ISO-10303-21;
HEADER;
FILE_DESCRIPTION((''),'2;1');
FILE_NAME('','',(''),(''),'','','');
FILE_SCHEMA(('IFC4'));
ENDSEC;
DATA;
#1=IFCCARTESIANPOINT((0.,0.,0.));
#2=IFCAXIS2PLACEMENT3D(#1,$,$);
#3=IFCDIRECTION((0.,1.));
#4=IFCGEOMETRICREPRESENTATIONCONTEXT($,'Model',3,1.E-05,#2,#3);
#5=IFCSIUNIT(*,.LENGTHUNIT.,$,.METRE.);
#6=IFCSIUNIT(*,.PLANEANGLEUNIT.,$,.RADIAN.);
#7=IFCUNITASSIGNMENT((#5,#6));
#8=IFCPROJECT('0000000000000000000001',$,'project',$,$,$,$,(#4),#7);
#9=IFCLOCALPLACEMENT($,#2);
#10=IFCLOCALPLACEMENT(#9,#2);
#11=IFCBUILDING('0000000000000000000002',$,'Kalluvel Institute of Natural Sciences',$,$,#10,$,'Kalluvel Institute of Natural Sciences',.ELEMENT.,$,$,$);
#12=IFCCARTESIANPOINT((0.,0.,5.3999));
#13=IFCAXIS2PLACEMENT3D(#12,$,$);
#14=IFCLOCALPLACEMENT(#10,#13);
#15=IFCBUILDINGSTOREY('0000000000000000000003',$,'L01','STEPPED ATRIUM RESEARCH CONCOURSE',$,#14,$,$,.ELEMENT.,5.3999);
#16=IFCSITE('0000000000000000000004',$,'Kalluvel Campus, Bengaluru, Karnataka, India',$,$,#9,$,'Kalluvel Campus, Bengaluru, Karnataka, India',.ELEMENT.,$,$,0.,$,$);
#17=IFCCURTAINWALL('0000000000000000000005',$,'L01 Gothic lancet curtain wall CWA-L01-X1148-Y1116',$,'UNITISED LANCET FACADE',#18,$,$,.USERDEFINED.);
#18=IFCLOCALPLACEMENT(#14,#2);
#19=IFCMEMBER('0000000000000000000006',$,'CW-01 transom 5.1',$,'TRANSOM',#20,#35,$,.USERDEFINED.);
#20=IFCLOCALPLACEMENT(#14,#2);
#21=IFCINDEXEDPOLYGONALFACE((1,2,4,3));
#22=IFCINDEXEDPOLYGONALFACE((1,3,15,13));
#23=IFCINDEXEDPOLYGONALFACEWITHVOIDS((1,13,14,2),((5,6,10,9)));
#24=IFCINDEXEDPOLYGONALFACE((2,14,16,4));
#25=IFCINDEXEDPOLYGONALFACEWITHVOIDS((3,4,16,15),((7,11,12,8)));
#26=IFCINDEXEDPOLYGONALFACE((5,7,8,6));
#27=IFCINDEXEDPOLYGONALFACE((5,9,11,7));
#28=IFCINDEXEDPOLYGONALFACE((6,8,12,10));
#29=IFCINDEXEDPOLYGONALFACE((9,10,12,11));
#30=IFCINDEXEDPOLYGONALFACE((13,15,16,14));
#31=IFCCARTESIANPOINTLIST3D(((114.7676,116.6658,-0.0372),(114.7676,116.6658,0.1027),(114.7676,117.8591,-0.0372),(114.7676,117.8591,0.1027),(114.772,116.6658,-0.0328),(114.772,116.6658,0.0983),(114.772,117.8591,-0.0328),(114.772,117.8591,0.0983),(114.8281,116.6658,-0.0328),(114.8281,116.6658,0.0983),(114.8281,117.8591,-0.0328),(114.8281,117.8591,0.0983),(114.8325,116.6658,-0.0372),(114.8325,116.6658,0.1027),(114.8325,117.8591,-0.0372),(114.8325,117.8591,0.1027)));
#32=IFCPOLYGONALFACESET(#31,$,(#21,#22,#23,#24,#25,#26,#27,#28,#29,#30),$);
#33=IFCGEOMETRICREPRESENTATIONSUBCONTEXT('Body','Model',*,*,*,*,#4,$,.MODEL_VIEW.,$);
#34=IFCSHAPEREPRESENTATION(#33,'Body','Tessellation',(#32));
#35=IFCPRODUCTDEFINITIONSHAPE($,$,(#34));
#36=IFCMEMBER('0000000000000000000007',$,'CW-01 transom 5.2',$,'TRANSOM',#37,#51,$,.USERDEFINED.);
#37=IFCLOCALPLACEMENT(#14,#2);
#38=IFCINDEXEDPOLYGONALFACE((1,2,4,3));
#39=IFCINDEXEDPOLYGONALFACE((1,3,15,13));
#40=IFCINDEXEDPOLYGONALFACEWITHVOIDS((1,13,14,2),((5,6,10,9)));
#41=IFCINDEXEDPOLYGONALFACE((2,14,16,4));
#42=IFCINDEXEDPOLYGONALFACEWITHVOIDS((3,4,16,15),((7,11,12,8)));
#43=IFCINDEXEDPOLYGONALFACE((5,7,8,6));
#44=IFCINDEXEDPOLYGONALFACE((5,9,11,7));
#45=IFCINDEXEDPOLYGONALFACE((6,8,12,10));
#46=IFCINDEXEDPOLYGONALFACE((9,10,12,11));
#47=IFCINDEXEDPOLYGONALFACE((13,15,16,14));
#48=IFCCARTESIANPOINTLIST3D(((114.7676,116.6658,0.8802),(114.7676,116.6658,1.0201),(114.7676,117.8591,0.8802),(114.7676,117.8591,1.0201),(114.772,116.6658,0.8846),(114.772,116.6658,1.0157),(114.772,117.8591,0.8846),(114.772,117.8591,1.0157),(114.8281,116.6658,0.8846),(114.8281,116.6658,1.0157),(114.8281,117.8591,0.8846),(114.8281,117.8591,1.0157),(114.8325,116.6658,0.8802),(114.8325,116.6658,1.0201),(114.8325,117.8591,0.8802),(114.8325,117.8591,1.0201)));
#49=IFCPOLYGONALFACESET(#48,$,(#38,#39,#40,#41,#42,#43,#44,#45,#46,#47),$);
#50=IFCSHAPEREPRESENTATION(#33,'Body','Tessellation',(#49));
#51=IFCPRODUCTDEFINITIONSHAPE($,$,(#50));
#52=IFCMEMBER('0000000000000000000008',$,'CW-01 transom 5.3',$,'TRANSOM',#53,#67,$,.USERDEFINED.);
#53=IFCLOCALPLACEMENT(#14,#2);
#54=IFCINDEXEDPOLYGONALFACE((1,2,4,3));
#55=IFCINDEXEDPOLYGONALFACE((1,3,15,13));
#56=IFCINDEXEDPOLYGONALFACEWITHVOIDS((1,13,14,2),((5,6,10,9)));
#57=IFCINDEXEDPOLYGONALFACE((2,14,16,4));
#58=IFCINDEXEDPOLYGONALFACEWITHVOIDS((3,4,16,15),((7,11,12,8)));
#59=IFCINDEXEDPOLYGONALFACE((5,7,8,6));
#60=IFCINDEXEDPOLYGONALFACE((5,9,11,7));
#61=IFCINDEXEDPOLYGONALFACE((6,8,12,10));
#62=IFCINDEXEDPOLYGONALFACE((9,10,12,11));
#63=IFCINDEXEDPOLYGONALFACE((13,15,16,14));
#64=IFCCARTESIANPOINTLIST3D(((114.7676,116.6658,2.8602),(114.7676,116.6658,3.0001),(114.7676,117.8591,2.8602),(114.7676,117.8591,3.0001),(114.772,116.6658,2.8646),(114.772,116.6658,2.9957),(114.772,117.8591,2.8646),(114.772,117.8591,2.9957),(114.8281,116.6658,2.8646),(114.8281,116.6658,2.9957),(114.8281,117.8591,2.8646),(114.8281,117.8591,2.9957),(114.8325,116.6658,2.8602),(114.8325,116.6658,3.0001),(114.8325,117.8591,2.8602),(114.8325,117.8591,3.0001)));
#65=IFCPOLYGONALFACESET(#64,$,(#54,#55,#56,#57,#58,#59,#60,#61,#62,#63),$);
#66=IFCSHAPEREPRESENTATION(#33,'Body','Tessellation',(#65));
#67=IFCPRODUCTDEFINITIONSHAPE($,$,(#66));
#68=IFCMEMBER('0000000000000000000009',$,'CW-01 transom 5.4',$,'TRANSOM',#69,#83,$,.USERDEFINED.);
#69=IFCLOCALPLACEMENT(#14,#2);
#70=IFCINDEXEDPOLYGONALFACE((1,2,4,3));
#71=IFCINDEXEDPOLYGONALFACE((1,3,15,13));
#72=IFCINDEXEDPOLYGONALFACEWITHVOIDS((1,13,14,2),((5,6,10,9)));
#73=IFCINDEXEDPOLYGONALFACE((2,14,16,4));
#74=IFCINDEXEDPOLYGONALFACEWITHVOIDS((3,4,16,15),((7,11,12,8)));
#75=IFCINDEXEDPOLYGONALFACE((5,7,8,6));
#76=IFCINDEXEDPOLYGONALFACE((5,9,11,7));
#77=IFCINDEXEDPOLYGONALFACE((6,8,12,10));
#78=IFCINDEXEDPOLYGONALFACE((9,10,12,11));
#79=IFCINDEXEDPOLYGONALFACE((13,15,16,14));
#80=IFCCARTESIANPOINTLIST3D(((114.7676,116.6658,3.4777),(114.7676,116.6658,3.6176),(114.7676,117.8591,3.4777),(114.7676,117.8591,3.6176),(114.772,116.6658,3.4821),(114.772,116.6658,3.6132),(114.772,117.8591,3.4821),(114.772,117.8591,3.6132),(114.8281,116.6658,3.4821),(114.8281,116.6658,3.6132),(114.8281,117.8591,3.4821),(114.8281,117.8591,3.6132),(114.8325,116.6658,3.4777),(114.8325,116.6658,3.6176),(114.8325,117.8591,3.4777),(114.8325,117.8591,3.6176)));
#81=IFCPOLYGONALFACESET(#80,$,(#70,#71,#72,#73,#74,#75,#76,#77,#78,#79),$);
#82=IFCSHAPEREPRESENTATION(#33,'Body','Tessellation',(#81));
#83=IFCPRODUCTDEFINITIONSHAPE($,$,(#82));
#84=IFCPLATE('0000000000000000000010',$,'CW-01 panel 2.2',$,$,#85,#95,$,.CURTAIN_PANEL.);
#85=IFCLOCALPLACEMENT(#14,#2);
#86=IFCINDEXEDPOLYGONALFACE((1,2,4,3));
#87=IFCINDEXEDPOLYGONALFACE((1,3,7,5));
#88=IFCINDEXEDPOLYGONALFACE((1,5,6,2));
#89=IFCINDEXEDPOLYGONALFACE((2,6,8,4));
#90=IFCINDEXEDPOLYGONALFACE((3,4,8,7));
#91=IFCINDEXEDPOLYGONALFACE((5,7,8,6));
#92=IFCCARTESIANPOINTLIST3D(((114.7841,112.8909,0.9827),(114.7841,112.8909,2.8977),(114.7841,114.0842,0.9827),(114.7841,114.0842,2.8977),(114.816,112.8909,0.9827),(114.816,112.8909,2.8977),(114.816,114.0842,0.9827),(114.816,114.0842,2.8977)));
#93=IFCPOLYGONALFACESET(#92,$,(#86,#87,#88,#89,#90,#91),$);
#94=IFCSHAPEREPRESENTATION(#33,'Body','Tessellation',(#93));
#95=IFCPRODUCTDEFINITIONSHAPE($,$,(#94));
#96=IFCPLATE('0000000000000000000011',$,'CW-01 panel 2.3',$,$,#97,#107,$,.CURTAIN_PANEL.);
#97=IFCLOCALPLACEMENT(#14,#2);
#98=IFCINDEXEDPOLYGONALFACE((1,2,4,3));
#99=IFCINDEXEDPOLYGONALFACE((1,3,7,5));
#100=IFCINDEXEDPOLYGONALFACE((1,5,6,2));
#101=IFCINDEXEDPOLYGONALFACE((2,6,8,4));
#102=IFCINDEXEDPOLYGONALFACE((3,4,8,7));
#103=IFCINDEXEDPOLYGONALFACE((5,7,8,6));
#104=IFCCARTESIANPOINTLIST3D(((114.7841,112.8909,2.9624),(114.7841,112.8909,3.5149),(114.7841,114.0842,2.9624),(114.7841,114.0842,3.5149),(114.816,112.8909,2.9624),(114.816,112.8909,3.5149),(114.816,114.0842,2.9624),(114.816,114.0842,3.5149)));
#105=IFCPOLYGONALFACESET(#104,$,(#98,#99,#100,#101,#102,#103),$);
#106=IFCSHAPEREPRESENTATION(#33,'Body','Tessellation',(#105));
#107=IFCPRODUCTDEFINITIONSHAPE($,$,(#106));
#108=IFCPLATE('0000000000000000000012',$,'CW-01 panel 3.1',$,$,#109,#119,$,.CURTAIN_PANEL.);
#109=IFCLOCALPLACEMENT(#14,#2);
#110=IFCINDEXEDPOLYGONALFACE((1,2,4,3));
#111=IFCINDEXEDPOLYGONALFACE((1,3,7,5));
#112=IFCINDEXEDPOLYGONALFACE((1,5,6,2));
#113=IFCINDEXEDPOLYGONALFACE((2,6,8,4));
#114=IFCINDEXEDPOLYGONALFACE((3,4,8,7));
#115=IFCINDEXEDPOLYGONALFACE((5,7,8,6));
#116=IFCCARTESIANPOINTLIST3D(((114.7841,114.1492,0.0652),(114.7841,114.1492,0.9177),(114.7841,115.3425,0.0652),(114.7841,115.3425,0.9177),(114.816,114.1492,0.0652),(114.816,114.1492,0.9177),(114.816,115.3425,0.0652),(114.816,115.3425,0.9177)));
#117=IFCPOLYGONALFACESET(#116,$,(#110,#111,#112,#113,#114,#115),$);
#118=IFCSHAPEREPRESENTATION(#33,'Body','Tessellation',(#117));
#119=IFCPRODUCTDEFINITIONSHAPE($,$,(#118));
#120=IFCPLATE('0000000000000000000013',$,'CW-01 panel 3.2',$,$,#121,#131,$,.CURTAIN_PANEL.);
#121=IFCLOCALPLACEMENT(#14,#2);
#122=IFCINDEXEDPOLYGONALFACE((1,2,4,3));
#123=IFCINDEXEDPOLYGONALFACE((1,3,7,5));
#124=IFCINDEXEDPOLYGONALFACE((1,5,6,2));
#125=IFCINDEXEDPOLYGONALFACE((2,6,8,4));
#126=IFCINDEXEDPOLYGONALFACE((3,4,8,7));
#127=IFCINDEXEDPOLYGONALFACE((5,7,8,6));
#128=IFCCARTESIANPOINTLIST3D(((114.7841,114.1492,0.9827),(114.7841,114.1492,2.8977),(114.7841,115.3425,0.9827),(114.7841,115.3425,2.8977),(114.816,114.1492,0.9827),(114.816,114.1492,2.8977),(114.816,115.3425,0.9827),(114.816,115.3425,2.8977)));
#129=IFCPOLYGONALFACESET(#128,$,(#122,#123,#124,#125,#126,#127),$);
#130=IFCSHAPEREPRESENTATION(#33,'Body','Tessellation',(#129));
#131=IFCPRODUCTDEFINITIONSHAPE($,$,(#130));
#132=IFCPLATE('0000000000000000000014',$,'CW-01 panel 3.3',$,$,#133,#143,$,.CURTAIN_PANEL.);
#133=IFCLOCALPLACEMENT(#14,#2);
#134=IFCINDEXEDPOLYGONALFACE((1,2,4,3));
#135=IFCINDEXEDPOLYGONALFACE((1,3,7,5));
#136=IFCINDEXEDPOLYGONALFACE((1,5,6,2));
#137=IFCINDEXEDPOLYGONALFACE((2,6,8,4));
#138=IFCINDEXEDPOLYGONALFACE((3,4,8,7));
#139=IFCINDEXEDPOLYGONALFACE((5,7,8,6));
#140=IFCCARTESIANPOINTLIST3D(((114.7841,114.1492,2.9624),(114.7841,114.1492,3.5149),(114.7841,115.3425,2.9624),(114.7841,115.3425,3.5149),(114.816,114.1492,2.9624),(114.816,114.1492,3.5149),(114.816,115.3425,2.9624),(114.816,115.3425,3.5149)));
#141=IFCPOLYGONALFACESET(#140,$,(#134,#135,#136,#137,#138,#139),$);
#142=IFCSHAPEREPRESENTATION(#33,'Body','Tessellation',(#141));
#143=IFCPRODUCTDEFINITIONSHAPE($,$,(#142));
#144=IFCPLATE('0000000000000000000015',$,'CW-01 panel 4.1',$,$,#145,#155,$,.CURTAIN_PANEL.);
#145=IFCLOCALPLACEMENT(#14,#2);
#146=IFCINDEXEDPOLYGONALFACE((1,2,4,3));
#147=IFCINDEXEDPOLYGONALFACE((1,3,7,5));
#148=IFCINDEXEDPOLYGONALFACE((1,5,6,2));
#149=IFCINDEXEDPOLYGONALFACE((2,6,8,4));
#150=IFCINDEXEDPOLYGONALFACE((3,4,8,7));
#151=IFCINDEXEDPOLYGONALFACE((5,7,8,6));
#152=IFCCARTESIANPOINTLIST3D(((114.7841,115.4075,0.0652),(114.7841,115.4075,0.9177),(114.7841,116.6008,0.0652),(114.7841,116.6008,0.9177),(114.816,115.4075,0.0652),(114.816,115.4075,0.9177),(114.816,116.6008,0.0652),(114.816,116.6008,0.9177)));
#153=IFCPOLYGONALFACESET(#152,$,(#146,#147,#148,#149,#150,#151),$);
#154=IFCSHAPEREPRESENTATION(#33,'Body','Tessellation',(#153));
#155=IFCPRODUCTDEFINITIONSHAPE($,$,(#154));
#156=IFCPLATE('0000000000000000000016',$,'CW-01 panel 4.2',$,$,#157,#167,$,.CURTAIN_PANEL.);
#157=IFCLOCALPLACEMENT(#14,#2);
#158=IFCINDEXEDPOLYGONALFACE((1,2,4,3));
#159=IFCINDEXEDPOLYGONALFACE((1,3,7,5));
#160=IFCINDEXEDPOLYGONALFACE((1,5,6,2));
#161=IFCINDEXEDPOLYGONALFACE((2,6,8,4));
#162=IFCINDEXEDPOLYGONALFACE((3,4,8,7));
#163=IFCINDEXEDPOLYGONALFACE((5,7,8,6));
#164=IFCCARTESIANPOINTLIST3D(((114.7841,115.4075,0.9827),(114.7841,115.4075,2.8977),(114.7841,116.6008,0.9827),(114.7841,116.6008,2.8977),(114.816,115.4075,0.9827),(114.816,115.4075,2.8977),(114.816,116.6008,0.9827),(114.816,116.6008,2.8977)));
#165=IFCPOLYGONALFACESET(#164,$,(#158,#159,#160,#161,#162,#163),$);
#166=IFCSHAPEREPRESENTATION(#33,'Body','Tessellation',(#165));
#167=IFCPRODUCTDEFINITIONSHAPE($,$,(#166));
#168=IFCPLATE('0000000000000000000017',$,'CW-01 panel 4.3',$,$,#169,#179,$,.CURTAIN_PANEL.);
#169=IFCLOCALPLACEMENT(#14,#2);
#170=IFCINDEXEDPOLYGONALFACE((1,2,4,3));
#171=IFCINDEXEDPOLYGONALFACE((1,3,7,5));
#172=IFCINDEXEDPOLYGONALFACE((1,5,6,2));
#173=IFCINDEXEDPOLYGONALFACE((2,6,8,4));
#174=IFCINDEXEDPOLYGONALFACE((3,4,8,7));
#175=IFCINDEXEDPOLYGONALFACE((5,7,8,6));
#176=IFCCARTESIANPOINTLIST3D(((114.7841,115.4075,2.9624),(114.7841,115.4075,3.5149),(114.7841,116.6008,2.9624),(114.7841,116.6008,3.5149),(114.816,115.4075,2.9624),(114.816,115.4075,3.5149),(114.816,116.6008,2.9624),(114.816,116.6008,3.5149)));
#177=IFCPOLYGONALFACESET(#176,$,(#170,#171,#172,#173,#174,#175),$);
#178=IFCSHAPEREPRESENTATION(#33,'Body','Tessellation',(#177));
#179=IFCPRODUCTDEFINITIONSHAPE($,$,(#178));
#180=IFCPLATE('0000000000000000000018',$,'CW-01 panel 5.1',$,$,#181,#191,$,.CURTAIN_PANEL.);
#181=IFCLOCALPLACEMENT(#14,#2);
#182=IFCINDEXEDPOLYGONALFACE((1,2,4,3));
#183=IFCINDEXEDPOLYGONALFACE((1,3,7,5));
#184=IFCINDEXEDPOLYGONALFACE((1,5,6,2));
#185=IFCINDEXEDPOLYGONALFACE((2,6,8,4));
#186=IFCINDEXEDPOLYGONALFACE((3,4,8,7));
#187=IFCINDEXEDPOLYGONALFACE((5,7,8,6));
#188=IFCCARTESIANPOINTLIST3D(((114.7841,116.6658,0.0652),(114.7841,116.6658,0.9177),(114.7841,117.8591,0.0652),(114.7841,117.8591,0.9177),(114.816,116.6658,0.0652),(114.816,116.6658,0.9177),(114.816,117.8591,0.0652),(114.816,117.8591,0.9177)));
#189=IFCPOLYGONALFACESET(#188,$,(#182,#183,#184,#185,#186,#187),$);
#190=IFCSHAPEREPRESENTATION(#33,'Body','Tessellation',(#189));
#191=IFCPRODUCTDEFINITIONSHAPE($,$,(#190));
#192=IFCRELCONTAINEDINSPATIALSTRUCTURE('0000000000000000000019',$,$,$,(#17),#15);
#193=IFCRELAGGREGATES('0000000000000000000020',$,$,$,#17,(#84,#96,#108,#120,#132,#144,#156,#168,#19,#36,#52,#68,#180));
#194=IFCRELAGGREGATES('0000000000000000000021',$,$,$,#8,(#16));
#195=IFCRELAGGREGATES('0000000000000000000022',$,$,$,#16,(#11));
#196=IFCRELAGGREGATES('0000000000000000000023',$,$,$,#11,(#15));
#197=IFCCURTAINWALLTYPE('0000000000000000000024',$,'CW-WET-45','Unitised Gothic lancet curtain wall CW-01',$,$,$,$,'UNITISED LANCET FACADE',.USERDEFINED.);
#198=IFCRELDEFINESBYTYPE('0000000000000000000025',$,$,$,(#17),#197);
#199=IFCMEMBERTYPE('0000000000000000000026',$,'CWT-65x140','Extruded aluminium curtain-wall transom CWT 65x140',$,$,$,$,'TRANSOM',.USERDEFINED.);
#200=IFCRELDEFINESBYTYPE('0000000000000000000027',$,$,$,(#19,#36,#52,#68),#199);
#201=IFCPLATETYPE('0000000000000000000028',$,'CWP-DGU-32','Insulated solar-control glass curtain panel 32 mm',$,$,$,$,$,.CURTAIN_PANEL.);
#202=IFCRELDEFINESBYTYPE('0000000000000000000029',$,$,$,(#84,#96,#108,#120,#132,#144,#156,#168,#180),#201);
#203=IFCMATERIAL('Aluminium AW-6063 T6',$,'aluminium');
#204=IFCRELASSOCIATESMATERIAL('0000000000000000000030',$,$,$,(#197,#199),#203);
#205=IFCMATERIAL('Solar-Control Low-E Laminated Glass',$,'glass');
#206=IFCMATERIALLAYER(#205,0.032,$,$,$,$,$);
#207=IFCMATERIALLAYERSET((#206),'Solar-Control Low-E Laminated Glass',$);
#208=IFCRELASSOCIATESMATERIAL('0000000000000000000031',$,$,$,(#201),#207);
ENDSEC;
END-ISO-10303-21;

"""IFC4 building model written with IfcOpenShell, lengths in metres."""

from ifc_helpers import new_model, si_unit, direction, frame, origin, origin_2d, place, context, subcontext, project, spatial, rectangle, hollow_rectangle, extrude, material, layer, layer_set, material_profile, profile_set, type_object, element, aggregate, save


model = new_model("IFC4")

# Units and contexts
model_context = context("Model", 3, precision=1e-05, world=origin(), true_north=direction((0.0, 1.0)))
body_context = subcontext(model_context, "Body", "Model", "MODEL_VIEW")
ifc_project = project(units=[si_unit("LENGTHUNIT", "METRE"), si_unit("PLANEANGLEUNIT", "RADIAN")], contexts=[model_context])

# Site, building, storey
site_placement = place(None, origin())
site = spatial("IfcSite", under=ifc_project, at=site_placement, Name="Kalluvel Campus, Bengaluru, Karnataka, India", LongName="Kalluvel Campus, Bengaluru, Karnataka, India", CompositionType="ELEMENT", RefElevation=0.0)
building_placement = place(site_placement, origin())
building = spatial("IfcBuilding", under=site, at=building_placement, Name="Kalluvel Institute of Natural Sciences", LongName="Kalluvel Institute of Natural Sciences", CompositionType="ELEMENT")
storey_placement = place(building_placement, frame((0.0, 0.0, 5.3999)))
storey = spatial("IfcBuildingStorey", under=building, at=storey_placement, Name="L01", Description="STEPPED ATRIUM RESEARCH CONCOURSE", CompositionType="ELEMENT", Elevation=5.3999)

# Curtain wall, members, plates
ifc_material_1 = material(Name="Aluminium AW-6063 T6", Category="aluminium")
curtain_wall_type = type_object("IfcCurtainWallType", Name="CW-WET-45", Description="Unitised Gothic lancet curtain wall CW-01", ElementType="UNITISED LANCET FACADE", PredefinedType="USERDEFINED", material=ifc_material_1)
curtain_wall_placement = place(storey_placement, origin())
curtain_wall = element("IfcCurtainWall", 1, at=curtain_wall_placement, inside=storey, type_object=curtain_wall_type, Name="L01 Gothic lancet curtain wall CWA-L01-X1148-Y1116", ObjectType="UNITISED LANCET FACADE", PredefinedType="USERDEFINED")
ifc_material_profile_1 = material_profile(ifc_material_1, hollow_rectangle(XDim=0.0649, YDim=0.1399, WallThickness=0.0044, at=origin_2d()), Name="CWT 65x140")
ifc_profile_set_1 = profile_set([ifc_material_profile_1], Name="Aluminium AW-6063 T6")
member_type_1 = type_object("IfcMemberType", Name="CWT-65x140", Description="Extruded aluminium curtain-wall transom CWT 65x140", ElementType="TRANSOM", PredefinedType="USERDEFINED", material=ifc_profile_set_1)
member_1_placement = place(storey_placement, frame((114.8, 116.6658, 0.0327), z_axis=(0.0, 1.0, 0.0), x_axis=(-1.0, 0.0, 0.0)))
member_1 = element("IfcMember", 2, at=member_1_placement, type_object=member_type_1, Name="CW-01 transom 5.1", ObjectType="TRANSOM", PredefinedType="USERDEFINED", context=body_context, shape_type="SweptSolid", body=[
    extrude(hollow_rectangle(XDim=0.0649, YDim=0.1399, WallThickness=0.0044, at=origin_2d()), origin(), (0.0, 0.0, 1.0), 1.1934),
])
member_2_placement = place(storey_placement, frame((114.8, 116.6658, 0.9502), z_axis=(0.0, 1.0, 0.0), x_axis=(-1.0, 0.0, 0.0)))
member_2 = element("IfcMember", 3, at=member_2_placement, type_object=member_type_1, Name="CW-01 transom 5.2", ObjectType="TRANSOM", PredefinedType="USERDEFINED", context=body_context, shape_type="SweptSolid", body=[
    extrude(hollow_rectangle(XDim=0.0649, YDim=0.1399, WallThickness=0.0044, at=origin_2d()), origin(), (0.0, 0.0, 1.0), 1.1934),
])
member_3_placement = place(storey_placement, frame((114.8, 116.6658, 2.9302), z_axis=(0.0, 1.0, 0.0), x_axis=(-1.0, 0.0, 0.0)))
member_3 = element("IfcMember", 4, at=member_3_placement, type_object=member_type_1, Name="CW-01 transom 5.3", ObjectType="TRANSOM", PredefinedType="USERDEFINED", context=body_context, shape_type="SweptSolid", body=[
    extrude(hollow_rectangle(XDim=0.0649, YDim=0.1399, WallThickness=0.0044, at=origin_2d()), origin(), (0.0, 0.0, 1.0), 1.1934),
])
member_4_placement = place(storey_placement, frame((114.8, 116.6658, 3.5476), z_axis=(0.0, 1.0, 0.0), x_axis=(-1.0, 0.0, 0.0)))
member_4 = element("IfcMember", 5, at=member_4_placement, type_object=member_type_1, Name="CW-01 transom 5.4", ObjectType="TRANSOM", PredefinedType="USERDEFINED", context=body_context, shape_type="SweptSolid", body=[
    extrude(hollow_rectangle(XDim=0.0649, YDim=0.1399, WallThickness=0.0044, at=origin_2d()), origin(), (0.0, 0.0, 1.0), 1.1934),
])
ifc_material_2 = material(Name="Solar-Control Low-E Laminated Glass", Category="glass")
ifc_layer = layer(ifc_material_2, 0.032)
ifc_layer_set = layer_set([ifc_layer], Name="Solar-Control Low-E Laminated Glass")
plate_type = type_object("IfcPlateType", Name="CWP-DGU-32", Description="Insulated solar-control glass curtain panel 32 mm", PredefinedType="CURTAIN_PANEL", material=ifc_layer_set)
plate_1_placement = place(storey_placement, frame((114.8, 113.4875, 0.9827), z_axis=(0.0, 0.0, 1.0), x_axis=(0.0, 1.0, 0.0)))
plate_1 = element("IfcPlate", 6, at=plate_1_placement, type_object=plate_type, Name="CW-01 panel 2.2", PredefinedType="CURTAIN_PANEL", context=body_context, shape_type="SweptSolid", body=[
    extrude(rectangle(XDim=1.1934, YDim=0.032, at=origin_2d()), origin(), (0.0, 0.0, 1.0), 1.915),
])
plate_2_placement = place(storey_placement, frame((114.8, 113.4875, 2.9624), z_axis=(0.0, 0.0, 1.0), x_axis=(0.0, 1.0, 0.0)))
plate_2 = element("IfcPlate", 7, at=plate_2_placement, type_object=plate_type, Name="CW-01 panel 2.3", PredefinedType="CURTAIN_PANEL", context=body_context, shape_type="SweptSolid", body=[
    extrude(rectangle(XDim=1.1934, YDim=0.032, at=origin_2d()), origin(), (0.0, 0.0, 1.0), 0.5525),
])
plate_3_placement = place(storey_placement, frame((114.8, 114.7458, 0.0652), z_axis=(0.0, 0.0, 1.0), x_axis=(0.0, 1.0, 0.0)))
plate_3 = element("IfcPlate", 8, at=plate_3_placement, type_object=plate_type, Name="CW-01 panel 3.1", PredefinedType="CURTAIN_PANEL", context=body_context, shape_type="SweptSolid", body=[
    extrude(rectangle(XDim=1.1934, YDim=0.032, at=origin_2d()), origin(), (0.0, 0.0, 1.0), 0.8525),
])
plate_4_placement = place(storey_placement, frame((114.8, 114.7458, 0.9827), z_axis=(0.0, 0.0, 1.0), x_axis=(0.0, 1.0, 0.0)))
plate_4 = element("IfcPlate", 9, at=plate_4_placement, type_object=plate_type, Name="CW-01 panel 3.2", PredefinedType="CURTAIN_PANEL", context=body_context, shape_type="SweptSolid", body=[
    extrude(rectangle(XDim=1.1934, YDim=0.032, at=origin_2d()), origin(), (0.0, 0.0, 1.0), 1.915),
])
plate_5_placement = place(storey_placement, frame((114.8, 114.7458, 2.9624), z_axis=(0.0, 0.0, 1.0), x_axis=(0.0, 1.0, 0.0)))
plate_5 = element("IfcPlate", 10, at=plate_5_placement, type_object=plate_type, Name="CW-01 panel 3.3", PredefinedType="CURTAIN_PANEL", context=body_context, shape_type="SweptSolid", body=[
    extrude(rectangle(XDim=1.1934, YDim=0.032, at=origin_2d()), origin(), (0.0, 0.0, 1.0), 0.5525),
])
plate_6_placement = place(storey_placement, frame((114.8, 116.0042, 0.0652), z_axis=(0.0, 0.0, 1.0), x_axis=(0.0, 1.0, 0.0)))
plate_6 = element("IfcPlate", 11, at=plate_6_placement, type_object=plate_type, Name="CW-01 panel 4.1", PredefinedType="CURTAIN_PANEL", context=body_context, shape_type="SweptSolid", body=[
    extrude(rectangle(XDim=1.1934, YDim=0.032, at=origin_2d()), origin(), (0.0, 0.0, 1.0), 0.8525),
])
plate_7_placement = place(storey_placement, frame((114.8, 116.0042, 0.9827), z_axis=(0.0, 0.0, 1.0), x_axis=(0.0, 1.0, 0.0)))
plate_7 = element("IfcPlate", 12, at=plate_7_placement, type_object=plate_type, Name="CW-01 panel 4.2", PredefinedType="CURTAIN_PANEL", context=body_context, shape_type="SweptSolid", body=[
    extrude(rectangle(XDim=1.1934, YDim=0.032, at=origin_2d()), origin(), (0.0, 0.0, 1.0), 1.915),
])
plate_8_placement = place(storey_placement, frame((114.8, 116.0042, 2.9624), z_axis=(0.0, 0.0, 1.0), x_axis=(0.0, 1.0, 0.0)))
plate_8 = element("IfcPlate", 13, at=plate_8_placement, type_object=plate_type, Name="CW-01 panel 4.3", PredefinedType="CURTAIN_PANEL", context=body_context, shape_type="SweptSolid", body=[
    extrude(rectangle(XDim=1.1934, YDim=0.032, at=origin_2d()), origin(), (0.0, 0.0, 1.0), 0.5525),
])
plate_9_placement = place(storey_placement, frame((114.8, 117.2625, 0.0652), z_axis=(0.0, 0.0, 1.0), x_axis=(0.0, 1.0, 0.0)))
plate_9 = element("IfcPlate", 14, at=plate_9_placement, type_object=plate_type, Name="CW-01 panel 5.1", PredefinedType="CURTAIN_PANEL", context=body_context, shape_type="SweptSolid", body=[
    extrude(rectangle(XDim=1.1934, YDim=0.032, at=origin_2d()), origin(), (0.0, 0.0, 1.0), 0.8525),
])
aggregate(curtain_wall, [plate_1, plate_2, plate_3, plate_4, plate_5, plate_6, plate_7, plate_8, member_1, member_2, member_3, member_4, plate_9])

save(model, "model.ifc")
